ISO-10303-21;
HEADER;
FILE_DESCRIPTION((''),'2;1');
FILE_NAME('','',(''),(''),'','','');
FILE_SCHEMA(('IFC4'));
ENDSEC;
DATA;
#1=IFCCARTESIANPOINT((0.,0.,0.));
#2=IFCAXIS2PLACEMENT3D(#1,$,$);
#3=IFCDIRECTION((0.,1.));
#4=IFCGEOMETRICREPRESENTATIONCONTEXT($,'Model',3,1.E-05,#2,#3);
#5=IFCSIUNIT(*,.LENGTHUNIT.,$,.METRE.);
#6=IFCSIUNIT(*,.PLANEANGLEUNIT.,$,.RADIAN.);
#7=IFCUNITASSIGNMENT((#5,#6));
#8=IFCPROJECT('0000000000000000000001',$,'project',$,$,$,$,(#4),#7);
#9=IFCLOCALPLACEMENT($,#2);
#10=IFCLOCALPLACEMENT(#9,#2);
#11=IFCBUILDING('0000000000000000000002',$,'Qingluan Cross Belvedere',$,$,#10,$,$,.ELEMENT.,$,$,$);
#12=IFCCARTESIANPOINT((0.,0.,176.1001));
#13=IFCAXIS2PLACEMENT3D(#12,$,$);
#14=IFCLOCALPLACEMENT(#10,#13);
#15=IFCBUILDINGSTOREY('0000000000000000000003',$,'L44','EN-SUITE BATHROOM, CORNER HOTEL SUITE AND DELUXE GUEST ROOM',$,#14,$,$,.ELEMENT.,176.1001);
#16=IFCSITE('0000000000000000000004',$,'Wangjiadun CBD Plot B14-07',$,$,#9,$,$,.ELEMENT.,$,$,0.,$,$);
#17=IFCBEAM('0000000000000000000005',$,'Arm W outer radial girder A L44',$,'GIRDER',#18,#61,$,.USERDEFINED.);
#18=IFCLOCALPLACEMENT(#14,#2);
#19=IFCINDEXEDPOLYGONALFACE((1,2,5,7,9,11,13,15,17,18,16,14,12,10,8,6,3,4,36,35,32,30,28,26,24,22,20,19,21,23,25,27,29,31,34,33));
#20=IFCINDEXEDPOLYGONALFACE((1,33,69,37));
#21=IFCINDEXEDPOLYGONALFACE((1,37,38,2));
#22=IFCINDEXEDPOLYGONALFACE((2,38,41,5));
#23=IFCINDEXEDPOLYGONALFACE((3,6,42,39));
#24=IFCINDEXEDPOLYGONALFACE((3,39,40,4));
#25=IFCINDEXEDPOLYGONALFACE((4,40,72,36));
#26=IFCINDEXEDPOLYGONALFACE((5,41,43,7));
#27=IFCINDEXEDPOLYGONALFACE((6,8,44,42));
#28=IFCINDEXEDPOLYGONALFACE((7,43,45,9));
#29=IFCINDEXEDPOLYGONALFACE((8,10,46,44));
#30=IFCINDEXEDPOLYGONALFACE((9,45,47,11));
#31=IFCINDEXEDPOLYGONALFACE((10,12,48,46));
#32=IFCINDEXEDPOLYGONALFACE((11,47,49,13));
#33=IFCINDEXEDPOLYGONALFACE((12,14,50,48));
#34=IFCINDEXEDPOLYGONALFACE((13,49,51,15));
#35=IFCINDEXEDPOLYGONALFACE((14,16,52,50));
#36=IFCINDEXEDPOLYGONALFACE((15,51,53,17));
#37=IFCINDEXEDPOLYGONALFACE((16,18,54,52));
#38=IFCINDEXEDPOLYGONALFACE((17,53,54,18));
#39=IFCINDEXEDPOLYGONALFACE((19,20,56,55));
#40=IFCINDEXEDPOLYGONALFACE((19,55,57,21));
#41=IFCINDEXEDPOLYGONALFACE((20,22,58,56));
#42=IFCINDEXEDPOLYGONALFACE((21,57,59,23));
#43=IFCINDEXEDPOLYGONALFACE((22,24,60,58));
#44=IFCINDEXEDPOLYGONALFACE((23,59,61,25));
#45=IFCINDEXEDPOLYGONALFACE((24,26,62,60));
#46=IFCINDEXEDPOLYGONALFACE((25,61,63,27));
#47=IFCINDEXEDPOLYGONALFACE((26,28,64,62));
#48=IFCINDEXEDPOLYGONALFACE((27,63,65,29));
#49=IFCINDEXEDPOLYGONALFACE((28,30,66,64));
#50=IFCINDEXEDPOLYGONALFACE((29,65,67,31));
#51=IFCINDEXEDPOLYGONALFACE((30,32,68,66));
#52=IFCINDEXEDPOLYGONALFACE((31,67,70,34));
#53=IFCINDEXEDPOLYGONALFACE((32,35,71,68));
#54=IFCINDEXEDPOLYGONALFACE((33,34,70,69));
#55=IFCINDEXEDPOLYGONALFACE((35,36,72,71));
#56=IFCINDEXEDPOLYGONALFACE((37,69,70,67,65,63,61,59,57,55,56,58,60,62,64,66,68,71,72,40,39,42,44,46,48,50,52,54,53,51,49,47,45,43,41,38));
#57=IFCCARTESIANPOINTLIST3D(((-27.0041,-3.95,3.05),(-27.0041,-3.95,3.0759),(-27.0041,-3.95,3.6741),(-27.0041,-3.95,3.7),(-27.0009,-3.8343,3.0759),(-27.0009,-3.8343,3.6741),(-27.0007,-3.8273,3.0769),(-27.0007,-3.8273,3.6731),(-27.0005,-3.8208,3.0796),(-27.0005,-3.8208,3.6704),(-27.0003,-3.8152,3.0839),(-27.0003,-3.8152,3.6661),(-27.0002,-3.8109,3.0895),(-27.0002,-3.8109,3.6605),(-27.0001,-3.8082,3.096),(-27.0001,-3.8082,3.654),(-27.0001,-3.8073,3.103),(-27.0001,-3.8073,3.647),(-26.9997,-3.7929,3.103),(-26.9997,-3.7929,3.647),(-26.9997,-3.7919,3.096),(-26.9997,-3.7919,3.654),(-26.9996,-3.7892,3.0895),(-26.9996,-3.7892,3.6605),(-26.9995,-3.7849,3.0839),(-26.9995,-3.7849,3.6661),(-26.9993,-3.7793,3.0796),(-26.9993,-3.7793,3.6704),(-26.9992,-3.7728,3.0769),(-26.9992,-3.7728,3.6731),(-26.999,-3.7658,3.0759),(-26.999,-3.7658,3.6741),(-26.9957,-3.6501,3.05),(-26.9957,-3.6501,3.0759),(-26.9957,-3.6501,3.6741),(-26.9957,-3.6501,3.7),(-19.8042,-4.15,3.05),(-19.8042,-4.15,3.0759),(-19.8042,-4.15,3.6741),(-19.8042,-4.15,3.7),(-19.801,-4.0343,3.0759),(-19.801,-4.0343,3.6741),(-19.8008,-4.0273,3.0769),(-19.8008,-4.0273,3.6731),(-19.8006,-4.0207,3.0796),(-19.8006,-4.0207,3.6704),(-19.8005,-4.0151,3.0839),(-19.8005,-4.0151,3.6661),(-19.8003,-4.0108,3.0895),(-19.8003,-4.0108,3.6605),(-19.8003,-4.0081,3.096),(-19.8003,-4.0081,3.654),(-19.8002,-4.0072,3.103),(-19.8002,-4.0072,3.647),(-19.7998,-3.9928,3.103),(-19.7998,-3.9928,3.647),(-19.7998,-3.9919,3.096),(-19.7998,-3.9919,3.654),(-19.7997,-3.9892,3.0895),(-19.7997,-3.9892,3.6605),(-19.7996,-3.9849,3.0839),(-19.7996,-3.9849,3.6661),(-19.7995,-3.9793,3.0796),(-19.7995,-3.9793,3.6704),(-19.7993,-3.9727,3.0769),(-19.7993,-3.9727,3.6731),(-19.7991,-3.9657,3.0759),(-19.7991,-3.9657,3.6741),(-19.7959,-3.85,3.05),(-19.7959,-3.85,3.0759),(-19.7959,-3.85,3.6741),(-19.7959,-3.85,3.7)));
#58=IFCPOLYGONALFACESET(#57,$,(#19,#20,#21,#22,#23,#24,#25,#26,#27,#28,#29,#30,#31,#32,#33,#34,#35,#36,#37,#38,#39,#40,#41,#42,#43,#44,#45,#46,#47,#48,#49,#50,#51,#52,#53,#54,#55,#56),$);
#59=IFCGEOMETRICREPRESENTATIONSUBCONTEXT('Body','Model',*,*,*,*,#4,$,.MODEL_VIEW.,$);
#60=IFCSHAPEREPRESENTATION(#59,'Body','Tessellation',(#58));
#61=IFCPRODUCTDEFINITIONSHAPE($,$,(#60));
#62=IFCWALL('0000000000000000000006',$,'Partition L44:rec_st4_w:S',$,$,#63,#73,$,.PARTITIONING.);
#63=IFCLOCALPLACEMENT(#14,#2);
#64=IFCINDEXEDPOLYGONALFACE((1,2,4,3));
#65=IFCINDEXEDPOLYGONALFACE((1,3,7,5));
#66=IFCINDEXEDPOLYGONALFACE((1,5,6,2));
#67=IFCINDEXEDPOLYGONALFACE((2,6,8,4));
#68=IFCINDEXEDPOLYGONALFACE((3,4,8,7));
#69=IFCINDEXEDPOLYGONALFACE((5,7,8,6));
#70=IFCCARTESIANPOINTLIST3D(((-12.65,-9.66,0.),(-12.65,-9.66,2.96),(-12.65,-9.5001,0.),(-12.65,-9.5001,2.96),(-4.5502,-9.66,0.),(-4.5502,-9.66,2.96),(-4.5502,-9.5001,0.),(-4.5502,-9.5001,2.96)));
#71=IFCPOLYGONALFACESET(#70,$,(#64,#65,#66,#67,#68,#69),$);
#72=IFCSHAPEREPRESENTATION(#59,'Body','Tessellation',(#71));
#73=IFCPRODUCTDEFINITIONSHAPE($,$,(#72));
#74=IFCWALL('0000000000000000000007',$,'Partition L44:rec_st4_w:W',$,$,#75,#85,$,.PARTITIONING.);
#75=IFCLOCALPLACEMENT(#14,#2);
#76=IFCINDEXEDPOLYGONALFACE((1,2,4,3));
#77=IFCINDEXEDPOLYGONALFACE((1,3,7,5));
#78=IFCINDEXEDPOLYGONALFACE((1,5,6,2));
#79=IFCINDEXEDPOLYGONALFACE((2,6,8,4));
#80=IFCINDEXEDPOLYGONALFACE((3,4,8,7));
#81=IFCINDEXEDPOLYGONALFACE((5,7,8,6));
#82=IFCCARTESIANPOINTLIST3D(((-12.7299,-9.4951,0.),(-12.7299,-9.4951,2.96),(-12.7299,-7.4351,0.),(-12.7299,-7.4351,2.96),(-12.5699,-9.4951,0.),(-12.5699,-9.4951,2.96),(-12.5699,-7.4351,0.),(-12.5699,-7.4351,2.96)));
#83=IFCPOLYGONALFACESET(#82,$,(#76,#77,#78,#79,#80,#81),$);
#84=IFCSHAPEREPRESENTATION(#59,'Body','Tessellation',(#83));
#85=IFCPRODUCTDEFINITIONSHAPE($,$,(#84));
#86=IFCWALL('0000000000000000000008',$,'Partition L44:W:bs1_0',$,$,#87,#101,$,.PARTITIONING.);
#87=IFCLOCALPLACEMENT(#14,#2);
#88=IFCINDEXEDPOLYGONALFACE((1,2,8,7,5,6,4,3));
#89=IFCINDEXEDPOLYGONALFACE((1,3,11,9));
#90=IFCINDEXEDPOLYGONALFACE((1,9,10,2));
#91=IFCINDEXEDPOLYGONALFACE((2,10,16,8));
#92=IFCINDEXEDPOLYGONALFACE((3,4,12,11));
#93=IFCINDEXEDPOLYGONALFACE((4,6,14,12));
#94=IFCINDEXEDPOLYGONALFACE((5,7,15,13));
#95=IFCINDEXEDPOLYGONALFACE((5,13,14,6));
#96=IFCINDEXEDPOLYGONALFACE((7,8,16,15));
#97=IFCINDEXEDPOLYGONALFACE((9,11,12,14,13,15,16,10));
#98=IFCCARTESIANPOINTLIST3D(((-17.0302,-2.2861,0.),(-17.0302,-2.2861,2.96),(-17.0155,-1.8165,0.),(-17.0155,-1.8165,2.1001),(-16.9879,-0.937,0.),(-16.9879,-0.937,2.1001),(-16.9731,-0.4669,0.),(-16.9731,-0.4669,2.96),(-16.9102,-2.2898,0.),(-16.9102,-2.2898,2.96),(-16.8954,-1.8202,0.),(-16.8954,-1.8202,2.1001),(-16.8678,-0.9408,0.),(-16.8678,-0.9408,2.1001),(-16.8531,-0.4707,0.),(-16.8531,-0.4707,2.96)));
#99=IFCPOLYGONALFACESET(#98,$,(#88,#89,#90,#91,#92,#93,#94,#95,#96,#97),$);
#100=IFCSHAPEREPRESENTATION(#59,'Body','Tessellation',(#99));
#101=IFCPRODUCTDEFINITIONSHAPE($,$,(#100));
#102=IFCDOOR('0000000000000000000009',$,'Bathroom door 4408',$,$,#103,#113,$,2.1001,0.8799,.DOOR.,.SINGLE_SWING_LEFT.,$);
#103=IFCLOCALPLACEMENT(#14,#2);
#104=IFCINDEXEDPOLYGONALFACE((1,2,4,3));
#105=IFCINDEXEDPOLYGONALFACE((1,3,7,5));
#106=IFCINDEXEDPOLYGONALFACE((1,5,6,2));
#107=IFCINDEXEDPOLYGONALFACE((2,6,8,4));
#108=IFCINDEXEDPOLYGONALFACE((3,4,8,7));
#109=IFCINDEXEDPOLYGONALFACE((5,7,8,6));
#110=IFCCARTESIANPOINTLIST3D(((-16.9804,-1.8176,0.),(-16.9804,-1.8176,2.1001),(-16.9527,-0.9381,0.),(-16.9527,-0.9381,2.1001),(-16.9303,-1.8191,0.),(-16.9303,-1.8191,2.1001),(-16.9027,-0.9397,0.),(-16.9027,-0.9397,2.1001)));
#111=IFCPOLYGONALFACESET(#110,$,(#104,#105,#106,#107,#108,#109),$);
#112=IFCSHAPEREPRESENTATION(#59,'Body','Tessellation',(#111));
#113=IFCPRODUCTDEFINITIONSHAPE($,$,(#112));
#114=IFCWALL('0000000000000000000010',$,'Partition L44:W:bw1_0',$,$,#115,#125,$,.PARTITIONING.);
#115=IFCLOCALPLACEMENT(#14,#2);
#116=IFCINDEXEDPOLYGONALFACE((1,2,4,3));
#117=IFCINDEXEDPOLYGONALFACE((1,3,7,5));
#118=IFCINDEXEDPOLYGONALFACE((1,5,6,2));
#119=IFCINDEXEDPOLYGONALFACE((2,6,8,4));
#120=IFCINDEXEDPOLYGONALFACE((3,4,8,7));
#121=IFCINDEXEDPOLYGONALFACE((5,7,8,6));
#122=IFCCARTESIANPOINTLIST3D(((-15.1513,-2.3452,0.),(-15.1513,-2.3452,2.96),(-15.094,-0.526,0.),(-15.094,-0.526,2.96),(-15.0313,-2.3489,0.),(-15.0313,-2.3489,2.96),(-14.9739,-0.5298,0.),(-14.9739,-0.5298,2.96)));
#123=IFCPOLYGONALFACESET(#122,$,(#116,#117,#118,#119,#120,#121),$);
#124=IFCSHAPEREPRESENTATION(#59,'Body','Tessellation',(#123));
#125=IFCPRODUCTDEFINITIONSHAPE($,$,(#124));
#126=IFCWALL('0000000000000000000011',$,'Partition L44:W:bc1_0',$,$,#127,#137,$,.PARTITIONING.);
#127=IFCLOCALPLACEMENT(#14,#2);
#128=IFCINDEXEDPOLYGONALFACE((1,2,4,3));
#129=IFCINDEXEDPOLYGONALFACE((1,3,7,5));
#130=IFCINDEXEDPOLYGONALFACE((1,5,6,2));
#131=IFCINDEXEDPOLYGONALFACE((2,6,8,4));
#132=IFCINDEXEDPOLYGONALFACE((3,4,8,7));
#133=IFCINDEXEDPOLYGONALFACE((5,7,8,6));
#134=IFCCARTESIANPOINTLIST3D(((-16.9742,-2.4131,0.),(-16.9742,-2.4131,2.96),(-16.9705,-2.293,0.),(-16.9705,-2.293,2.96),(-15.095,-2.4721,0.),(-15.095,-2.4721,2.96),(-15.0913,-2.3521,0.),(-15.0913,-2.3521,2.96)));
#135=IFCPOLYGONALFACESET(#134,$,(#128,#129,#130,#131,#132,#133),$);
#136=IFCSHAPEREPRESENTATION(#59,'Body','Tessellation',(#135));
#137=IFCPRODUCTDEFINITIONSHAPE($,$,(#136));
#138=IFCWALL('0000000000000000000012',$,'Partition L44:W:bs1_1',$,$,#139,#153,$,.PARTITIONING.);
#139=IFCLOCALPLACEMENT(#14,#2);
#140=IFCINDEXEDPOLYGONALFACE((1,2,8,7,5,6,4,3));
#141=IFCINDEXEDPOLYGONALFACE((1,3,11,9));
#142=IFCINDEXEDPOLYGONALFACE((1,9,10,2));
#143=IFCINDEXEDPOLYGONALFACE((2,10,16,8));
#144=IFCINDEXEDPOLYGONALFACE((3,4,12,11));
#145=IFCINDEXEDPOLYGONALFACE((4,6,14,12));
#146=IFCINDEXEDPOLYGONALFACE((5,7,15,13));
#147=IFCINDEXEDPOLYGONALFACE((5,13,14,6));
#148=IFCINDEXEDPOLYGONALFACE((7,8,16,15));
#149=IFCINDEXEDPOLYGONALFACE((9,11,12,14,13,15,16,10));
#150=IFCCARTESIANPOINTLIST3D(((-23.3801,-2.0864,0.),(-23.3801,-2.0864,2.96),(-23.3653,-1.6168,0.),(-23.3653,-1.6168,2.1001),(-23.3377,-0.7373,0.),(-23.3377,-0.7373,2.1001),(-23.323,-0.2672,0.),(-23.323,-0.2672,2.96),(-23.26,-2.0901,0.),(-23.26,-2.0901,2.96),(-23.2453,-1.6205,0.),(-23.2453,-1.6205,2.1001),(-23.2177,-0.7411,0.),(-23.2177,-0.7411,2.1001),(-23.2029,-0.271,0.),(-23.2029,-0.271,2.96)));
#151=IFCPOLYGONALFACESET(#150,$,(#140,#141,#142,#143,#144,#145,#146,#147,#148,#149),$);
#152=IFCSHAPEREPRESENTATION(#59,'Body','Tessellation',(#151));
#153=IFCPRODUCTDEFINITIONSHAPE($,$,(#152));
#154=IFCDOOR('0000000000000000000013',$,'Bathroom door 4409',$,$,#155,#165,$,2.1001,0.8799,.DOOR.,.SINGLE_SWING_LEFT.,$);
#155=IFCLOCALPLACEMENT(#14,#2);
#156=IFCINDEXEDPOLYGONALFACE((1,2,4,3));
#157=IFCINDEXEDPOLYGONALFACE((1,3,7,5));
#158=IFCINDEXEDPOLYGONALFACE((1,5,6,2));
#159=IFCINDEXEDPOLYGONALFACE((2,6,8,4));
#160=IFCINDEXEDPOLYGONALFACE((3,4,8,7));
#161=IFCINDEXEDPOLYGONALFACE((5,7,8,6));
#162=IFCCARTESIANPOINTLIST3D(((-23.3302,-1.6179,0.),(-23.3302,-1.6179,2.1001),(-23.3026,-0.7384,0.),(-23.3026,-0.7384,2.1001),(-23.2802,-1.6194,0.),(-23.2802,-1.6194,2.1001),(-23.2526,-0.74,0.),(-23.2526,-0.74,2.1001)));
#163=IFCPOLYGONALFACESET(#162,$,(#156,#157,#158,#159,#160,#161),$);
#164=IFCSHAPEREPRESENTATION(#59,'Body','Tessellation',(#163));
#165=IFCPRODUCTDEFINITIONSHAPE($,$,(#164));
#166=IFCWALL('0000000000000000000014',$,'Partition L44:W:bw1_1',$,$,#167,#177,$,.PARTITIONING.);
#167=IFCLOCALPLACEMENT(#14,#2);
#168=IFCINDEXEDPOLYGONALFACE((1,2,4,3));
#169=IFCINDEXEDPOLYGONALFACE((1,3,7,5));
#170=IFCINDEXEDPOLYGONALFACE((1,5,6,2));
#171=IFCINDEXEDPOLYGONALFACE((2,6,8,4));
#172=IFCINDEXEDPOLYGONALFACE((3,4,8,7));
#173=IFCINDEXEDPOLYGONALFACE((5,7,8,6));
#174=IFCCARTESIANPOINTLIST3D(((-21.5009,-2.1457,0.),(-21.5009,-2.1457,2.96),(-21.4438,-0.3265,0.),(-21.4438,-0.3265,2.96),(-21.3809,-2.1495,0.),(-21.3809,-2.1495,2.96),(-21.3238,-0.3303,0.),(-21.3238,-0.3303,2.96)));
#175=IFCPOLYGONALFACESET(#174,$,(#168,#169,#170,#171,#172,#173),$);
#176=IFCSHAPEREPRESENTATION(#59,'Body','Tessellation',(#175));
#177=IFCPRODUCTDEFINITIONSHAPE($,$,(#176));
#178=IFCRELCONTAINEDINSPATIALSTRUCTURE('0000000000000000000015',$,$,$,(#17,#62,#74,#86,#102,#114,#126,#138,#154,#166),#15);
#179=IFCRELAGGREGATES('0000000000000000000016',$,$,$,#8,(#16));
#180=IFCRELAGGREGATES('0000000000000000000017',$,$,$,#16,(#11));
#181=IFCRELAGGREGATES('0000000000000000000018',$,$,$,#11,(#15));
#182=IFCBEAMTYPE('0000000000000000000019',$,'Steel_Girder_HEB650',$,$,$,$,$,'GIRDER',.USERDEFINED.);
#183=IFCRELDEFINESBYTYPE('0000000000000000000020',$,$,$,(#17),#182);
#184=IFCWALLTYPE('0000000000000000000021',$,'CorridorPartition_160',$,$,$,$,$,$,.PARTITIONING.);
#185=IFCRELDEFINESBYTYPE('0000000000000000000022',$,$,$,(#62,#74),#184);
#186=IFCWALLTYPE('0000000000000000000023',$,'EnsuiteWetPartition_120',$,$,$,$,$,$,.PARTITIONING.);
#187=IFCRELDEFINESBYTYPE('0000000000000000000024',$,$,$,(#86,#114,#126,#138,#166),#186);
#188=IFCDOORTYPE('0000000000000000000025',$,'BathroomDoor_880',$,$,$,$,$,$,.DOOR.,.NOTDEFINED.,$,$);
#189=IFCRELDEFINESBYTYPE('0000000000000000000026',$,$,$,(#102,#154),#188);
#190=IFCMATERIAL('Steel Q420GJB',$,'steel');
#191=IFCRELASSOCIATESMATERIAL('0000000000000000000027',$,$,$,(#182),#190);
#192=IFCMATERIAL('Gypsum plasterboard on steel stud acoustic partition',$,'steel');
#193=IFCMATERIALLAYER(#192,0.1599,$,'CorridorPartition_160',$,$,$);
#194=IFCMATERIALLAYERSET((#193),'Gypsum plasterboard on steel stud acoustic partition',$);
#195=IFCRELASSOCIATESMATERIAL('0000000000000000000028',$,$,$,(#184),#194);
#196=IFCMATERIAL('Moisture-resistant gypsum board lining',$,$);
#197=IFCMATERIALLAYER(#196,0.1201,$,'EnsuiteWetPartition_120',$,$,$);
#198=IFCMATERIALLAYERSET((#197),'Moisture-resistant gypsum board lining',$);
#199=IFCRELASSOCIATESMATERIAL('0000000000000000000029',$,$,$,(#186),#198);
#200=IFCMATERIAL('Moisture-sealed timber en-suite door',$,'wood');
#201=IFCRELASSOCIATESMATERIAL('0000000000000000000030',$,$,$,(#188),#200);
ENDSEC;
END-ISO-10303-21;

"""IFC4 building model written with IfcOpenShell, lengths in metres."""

from ifc_helpers import new_model, si_unit, direction, frame, frame_2d, origin, origin_2d, place, context, subcontext, project, spatial, rectangle, i_section, extrude, material, layer, layer_set, material_profile, profile_set, type_object, element, fill, save


model = new_model("IFC4")

# Units and contexts
model_context = context("Model", 3, precision=1e-05, world=origin(), true_north=direction((0.0, 1.0)))
body_context = subcontext(model_context, "Body", "Model", "MODEL_VIEW")
ifc_project = project(units=[si_unit("LENGTHUNIT", "METRE"), si_unit("PLANEANGLEUNIT", "RADIAN")], contexts=[model_context])

# Site, building, storey
site_placement = place(None, origin())
site = spatial("IfcSite", under=ifc_project, at=site_placement, Name="Wangjiadun CBD Plot B14-07", CompositionType="ELEMENT", RefElevation=0.0)
building_placement = place(site_placement, origin())
building = spatial("IfcBuilding", under=site, at=building_placement, Name="Qingluan Cross Belvedere", CompositionType="ELEMENT")
storey_placement = place(building_placement, frame((0.0, 0.0, 176.1001)))
storey = spatial("IfcBuildingStorey", under=building, at=storey_placement, Name="L44", Description="EN-SUITE BATHROOM, CORNER HOTEL SUITE AND DELUXE GUEST ROOM", CompositionType="ELEMENT", Elevation=176.1001)

# Beam
ifc_material_1 = material(Name="Steel Q420GJB", Category="steel")
ifc_material_profile_1 = material_profile(ifc_material_1, i_section(OverallWidth=0.3, OverallDepth=0.6499, WebThickness=0.0144, FlangeThickness=0.0259, FilletRadius=0.0271, at=origin_2d()), Name="HEB650")
ifc_profile_set_1 = profile_set([ifc_material_profile_1], Name="Steel Q420GJB")
beam_type_1 = type_object("IfcBeamType", Name="Steel_Girder_HEB650", ElementType="GIRDER", PredefinedType="USERDEFINED", material=ifc_profile_set_1)
beam_1_placement = place(storey_placement, frame((-19.8, -4.0, 3.375), z_axis=(-0.999615, 0.02776, 0.0), x_axis=(-0.02776, -0.999615, 0.0)))
element("IfcBeam", 1, at=beam_1_placement, inside=storey, type_object=beam_type_1, Name="Arm W outer radial girder A L44", ObjectType="GIRDER", PredefinedType="USERDEFINED", context=body_context, shape_type="SweptSolid", body=[
    extrude(i_section(OverallWidth=0.3, OverallDepth=0.6499, WebThickness=0.0144, FlangeThickness=0.0259, FilletRadius=0.0271, at=origin_2d()), origin(), (0.0, 0.0, 1.0), 7.2026),
])

# Walls
ifc_material_2 = material(Name="Gypsum plasterboard on steel stud acoustic partition", Category="steel")
ifc_layer_1 = layer(ifc_material_2, 0.1599, Name="CorridorPartition_160")
ifc_layer_set_1 = layer_set([ifc_layer_1], Name="Gypsum plasterboard on steel stud acoustic partition")
wall_type_1 = type_object("IfcWallType", Name="CorridorPartition_160", PredefinedType="PARTITIONING", material=ifc_layer_set_1)
wall_1_placement = place(storey_placement, frame((-12.6499, -9.5801, 0.0), z_axis=(0.0, 0.0, 1.0), x_axis=(1.0, 0.0, 0.0)))
element("IfcWall", 2, at=wall_1_placement, inside=storey, type_object=wall_type_1, Name="Partition L44:rec_st4_w:S", PredefinedType="PARTITIONING", context=body_context, shape_type="SweptSolid", body=[
    extrude(rectangle(XDim=8.0999, YDim=0.1599, at=frame_2d((4.0498, 0.0))), origin(), (0.0, 0.0, 1.0), 2.96),
])
wall_2_placement = place(storey_placement, frame((-12.6499, -9.4951, 0.0), z_axis=(0.0, 0.0, 1.0), x_axis=(0.0, 1.0, 0.0)))
element("IfcWall", 3, at=wall_2_placement, inside=storey, type_object=wall_type_1, Name="Partition L44:rec_st4_w:W", PredefinedType="PARTITIONING", context=body_context, shape_type="SweptSolid", body=[
    extrude(rectangle(XDim=2.0601, YDim=0.1599, at=frame_2d((1.03, 0.0))), origin(), (0.0, 0.0, 1.0), 2.96),
])

# Wall, opening, door
ifc_material_3 = material(Name="Moisture-resistant gypsum board lining")
ifc_layer_2 = layer(ifc_material_3, 0.1201, Name="EnsuiteWetPartition_120")
ifc_layer_set_2 = layer_set([ifc_layer_2], Name="Moisture-resistant gypsum board lining")
wall_type_2 = type_object("IfcWallType", Name="EnsuiteWetPartition_120", PredefinedType="PARTITIONING", material=ifc_layer_set_2)
wall_3_placement = place(storey_placement, frame((-16.9702, -2.2881, 0.0), z_axis=(0.0, 0.0, 1.0), x_axis=(0.03139, 0.999507, 0.0)))
wall_3 = element("IfcWall", 4, at=wall_3_placement, inside=storey, type_object=wall_type_2, Name="Partition L44:W:bs1_0", PredefinedType="PARTITIONING", context=body_context, shape_type="SweptSolid", body=[
    extrude(rectangle(XDim=1.8201, YDim=0.1201, at=frame_2d((0.9102, 0.0))), origin(), (0.0, 0.0, 1.0), 2.96),
])
opening_1_placement = place(wall_3_placement, frame((0.47, 0.0, 0.0)))
opening_1 = element("IfcOpeningElement", 5, at=opening_1_placement, cuts=wall_3, PredefinedType="OPENING", context=body_context, shape_type="SweptSolid", body=[
    extrude(rectangle(XDim=0.8799, YDim=2.1001, at=frame_2d((0.4399, 1.05))), frame((0.0, 0.0701, 0.0), z_axis=(0.0, -1.0, 0.0), x_axis=(1.0, 0.0, 0.0)), (0.0, 0.0, 1.0), 0.1401),
])
ifc_material_4 = material(Name="Moisture-sealed timber en-suite door", Category="wood")
door_type = type_object("IfcDoorType", Name="BathroomDoor_880", OperationType="NOTDEFINED", PredefinedType="DOOR", material=ifc_material_4)
door_1_placement = place(opening_1_placement, origin())
door_1 = element("IfcDoor", 6, at=door_1_placement, inside=storey, type_object=door_type, Name="Bathroom door 4408", OperationType="SINGLE_SWING_LEFT", OverallHeight=2.1001, OverallWidth=0.8799, PredefinedType="DOOR", context=body_context, shape_type="SweptSolid", body=[
    extrude(rectangle(XDim=0.8799, YDim=2.1001, at=frame_2d((0.4399, 1.05))), frame((0.0, 0.0249, 0.0), z_axis=(0.0, -1.0, 0.0), x_axis=(1.0, 0.0, 0.0)), (0.0, 0.0, 1.0), 0.05),
])
fill(opening_1, door_1)

# Walls
wall_4_placement = place(storey_placement, frame((-15.0913, -2.3472, 0.0), z_axis=(0.0, 0.0, 1.0), x_axis=(0.031524, 0.999503, 0.0)))
element("IfcWall", 7, at=wall_4_placement, inside=storey, type_object=wall_type_2, Name="Partition L44:W:bw1_0", PredefinedType="PARTITIONING", context=body_context, shape_type="SweptSolid", body=[
    extrude(rectangle(XDim=1.8201, YDim=0.1201, at=frame_2d((0.9102, 0.0))), origin(), (0.0, 0.0, 1.0), 2.96),
])
wall_5_placement = place(storey_placement, frame((-15.0933, -2.4121, 0.0), z_axis=(0.0, 0.0, 1.0), x_axis=(-0.999506, 0.031425, 0.0)))
element("IfcWall", 8, at=wall_5_placement, inside=storey, type_object=wall_type_2, Name="Partition L44:W:bc1_0", PredefinedType="PARTITIONING", context=body_context, shape_type="SweptSolid", body=[
    extrude(rectangle(XDim=1.8801, YDim=0.1201, at=frame_2d((0.9399, 0.0))), origin(), (0.0, 0.0, 1.0), 2.96),
])

# Wall, opening, door
wall_6_placement = place(storey_placement, frame((-23.3201, -2.0884, 0.0), z_axis=(0.0, 0.0, 1.0), x_axis=(0.03139, 0.999507, 0.0)))
wall_6 = element("IfcWall", 9, at=wall_6_placement, inside=storey, type_object=wall_type_2, Name="Partition L44:W:bs1_1", PredefinedType="PARTITIONING", context=body_context, shape_type="SweptSolid", body=[
    extrude(rectangle(XDim=1.8201, YDim=0.1201, at=frame_2d((0.9102, 0.0))), origin(), (0.0, 0.0, 1.0), 2.96),
])
opening_2_placement = place(wall_6_placement, frame((0.47, 0.0, 0.0)))
opening_2 = element("IfcOpeningElement", 10, at=opening_2_placement, cuts=wall_6, PredefinedType="OPENING", context=body_context, shape_type="SweptSolid", body=[
    extrude(rectangle(XDim=0.8799, YDim=2.1001, at=frame_2d((0.4399, 1.05))), frame((0.0, 0.0701, 0.0), z_axis=(0.0, -1.0, 0.0), x_axis=(1.0, 0.0, 0.0)), (0.0, 0.0, 1.0), 0.1401),
])
door_2_placement = place(opening_2_placement, origin())
door_2 = element("IfcDoor", 11, at=door_2_placement, inside=storey, type_object=door_type, Name="Bathroom door 4409", OperationType="SINGLE_SWING_LEFT", OverallHeight=2.1001, OverallWidth=0.8799, PredefinedType="DOOR", context=body_context, shape_type="SweptSolid", body=[
    extrude(rectangle(XDim=0.8799, YDim=2.1001, at=frame_2d((0.4399, 1.05))), frame((0.0, 0.0249, 0.0), z_axis=(0.0, -1.0, 0.0), x_axis=(1.0, 0.0, 0.0)), (0.0, 0.0, 1.0), 0.05),
])
fill(opening_2, door_2)

# Wall
wall_7_placement = place(storey_placement, frame((-21.4409, -2.1477, 0.0), z_axis=(0.0, 0.0, 1.0), x_axis=(0.03139, 0.999507, 0.0)))
element("IfcWall", 12, at=wall_7_placement, inside=storey, type_object=wall_type_2, Name="Partition L44:W:bw1_1", PredefinedType="PARTITIONING", context=body_context, shape_type="SweptSolid", body=[
    extrude(rectangle(XDim=1.8201, YDim=0.1201, at=frame_2d((0.9102, 0.0))), origin(), (0.0, 0.0, 1.0), 2.96),
])

save(model, "model.ifc")
